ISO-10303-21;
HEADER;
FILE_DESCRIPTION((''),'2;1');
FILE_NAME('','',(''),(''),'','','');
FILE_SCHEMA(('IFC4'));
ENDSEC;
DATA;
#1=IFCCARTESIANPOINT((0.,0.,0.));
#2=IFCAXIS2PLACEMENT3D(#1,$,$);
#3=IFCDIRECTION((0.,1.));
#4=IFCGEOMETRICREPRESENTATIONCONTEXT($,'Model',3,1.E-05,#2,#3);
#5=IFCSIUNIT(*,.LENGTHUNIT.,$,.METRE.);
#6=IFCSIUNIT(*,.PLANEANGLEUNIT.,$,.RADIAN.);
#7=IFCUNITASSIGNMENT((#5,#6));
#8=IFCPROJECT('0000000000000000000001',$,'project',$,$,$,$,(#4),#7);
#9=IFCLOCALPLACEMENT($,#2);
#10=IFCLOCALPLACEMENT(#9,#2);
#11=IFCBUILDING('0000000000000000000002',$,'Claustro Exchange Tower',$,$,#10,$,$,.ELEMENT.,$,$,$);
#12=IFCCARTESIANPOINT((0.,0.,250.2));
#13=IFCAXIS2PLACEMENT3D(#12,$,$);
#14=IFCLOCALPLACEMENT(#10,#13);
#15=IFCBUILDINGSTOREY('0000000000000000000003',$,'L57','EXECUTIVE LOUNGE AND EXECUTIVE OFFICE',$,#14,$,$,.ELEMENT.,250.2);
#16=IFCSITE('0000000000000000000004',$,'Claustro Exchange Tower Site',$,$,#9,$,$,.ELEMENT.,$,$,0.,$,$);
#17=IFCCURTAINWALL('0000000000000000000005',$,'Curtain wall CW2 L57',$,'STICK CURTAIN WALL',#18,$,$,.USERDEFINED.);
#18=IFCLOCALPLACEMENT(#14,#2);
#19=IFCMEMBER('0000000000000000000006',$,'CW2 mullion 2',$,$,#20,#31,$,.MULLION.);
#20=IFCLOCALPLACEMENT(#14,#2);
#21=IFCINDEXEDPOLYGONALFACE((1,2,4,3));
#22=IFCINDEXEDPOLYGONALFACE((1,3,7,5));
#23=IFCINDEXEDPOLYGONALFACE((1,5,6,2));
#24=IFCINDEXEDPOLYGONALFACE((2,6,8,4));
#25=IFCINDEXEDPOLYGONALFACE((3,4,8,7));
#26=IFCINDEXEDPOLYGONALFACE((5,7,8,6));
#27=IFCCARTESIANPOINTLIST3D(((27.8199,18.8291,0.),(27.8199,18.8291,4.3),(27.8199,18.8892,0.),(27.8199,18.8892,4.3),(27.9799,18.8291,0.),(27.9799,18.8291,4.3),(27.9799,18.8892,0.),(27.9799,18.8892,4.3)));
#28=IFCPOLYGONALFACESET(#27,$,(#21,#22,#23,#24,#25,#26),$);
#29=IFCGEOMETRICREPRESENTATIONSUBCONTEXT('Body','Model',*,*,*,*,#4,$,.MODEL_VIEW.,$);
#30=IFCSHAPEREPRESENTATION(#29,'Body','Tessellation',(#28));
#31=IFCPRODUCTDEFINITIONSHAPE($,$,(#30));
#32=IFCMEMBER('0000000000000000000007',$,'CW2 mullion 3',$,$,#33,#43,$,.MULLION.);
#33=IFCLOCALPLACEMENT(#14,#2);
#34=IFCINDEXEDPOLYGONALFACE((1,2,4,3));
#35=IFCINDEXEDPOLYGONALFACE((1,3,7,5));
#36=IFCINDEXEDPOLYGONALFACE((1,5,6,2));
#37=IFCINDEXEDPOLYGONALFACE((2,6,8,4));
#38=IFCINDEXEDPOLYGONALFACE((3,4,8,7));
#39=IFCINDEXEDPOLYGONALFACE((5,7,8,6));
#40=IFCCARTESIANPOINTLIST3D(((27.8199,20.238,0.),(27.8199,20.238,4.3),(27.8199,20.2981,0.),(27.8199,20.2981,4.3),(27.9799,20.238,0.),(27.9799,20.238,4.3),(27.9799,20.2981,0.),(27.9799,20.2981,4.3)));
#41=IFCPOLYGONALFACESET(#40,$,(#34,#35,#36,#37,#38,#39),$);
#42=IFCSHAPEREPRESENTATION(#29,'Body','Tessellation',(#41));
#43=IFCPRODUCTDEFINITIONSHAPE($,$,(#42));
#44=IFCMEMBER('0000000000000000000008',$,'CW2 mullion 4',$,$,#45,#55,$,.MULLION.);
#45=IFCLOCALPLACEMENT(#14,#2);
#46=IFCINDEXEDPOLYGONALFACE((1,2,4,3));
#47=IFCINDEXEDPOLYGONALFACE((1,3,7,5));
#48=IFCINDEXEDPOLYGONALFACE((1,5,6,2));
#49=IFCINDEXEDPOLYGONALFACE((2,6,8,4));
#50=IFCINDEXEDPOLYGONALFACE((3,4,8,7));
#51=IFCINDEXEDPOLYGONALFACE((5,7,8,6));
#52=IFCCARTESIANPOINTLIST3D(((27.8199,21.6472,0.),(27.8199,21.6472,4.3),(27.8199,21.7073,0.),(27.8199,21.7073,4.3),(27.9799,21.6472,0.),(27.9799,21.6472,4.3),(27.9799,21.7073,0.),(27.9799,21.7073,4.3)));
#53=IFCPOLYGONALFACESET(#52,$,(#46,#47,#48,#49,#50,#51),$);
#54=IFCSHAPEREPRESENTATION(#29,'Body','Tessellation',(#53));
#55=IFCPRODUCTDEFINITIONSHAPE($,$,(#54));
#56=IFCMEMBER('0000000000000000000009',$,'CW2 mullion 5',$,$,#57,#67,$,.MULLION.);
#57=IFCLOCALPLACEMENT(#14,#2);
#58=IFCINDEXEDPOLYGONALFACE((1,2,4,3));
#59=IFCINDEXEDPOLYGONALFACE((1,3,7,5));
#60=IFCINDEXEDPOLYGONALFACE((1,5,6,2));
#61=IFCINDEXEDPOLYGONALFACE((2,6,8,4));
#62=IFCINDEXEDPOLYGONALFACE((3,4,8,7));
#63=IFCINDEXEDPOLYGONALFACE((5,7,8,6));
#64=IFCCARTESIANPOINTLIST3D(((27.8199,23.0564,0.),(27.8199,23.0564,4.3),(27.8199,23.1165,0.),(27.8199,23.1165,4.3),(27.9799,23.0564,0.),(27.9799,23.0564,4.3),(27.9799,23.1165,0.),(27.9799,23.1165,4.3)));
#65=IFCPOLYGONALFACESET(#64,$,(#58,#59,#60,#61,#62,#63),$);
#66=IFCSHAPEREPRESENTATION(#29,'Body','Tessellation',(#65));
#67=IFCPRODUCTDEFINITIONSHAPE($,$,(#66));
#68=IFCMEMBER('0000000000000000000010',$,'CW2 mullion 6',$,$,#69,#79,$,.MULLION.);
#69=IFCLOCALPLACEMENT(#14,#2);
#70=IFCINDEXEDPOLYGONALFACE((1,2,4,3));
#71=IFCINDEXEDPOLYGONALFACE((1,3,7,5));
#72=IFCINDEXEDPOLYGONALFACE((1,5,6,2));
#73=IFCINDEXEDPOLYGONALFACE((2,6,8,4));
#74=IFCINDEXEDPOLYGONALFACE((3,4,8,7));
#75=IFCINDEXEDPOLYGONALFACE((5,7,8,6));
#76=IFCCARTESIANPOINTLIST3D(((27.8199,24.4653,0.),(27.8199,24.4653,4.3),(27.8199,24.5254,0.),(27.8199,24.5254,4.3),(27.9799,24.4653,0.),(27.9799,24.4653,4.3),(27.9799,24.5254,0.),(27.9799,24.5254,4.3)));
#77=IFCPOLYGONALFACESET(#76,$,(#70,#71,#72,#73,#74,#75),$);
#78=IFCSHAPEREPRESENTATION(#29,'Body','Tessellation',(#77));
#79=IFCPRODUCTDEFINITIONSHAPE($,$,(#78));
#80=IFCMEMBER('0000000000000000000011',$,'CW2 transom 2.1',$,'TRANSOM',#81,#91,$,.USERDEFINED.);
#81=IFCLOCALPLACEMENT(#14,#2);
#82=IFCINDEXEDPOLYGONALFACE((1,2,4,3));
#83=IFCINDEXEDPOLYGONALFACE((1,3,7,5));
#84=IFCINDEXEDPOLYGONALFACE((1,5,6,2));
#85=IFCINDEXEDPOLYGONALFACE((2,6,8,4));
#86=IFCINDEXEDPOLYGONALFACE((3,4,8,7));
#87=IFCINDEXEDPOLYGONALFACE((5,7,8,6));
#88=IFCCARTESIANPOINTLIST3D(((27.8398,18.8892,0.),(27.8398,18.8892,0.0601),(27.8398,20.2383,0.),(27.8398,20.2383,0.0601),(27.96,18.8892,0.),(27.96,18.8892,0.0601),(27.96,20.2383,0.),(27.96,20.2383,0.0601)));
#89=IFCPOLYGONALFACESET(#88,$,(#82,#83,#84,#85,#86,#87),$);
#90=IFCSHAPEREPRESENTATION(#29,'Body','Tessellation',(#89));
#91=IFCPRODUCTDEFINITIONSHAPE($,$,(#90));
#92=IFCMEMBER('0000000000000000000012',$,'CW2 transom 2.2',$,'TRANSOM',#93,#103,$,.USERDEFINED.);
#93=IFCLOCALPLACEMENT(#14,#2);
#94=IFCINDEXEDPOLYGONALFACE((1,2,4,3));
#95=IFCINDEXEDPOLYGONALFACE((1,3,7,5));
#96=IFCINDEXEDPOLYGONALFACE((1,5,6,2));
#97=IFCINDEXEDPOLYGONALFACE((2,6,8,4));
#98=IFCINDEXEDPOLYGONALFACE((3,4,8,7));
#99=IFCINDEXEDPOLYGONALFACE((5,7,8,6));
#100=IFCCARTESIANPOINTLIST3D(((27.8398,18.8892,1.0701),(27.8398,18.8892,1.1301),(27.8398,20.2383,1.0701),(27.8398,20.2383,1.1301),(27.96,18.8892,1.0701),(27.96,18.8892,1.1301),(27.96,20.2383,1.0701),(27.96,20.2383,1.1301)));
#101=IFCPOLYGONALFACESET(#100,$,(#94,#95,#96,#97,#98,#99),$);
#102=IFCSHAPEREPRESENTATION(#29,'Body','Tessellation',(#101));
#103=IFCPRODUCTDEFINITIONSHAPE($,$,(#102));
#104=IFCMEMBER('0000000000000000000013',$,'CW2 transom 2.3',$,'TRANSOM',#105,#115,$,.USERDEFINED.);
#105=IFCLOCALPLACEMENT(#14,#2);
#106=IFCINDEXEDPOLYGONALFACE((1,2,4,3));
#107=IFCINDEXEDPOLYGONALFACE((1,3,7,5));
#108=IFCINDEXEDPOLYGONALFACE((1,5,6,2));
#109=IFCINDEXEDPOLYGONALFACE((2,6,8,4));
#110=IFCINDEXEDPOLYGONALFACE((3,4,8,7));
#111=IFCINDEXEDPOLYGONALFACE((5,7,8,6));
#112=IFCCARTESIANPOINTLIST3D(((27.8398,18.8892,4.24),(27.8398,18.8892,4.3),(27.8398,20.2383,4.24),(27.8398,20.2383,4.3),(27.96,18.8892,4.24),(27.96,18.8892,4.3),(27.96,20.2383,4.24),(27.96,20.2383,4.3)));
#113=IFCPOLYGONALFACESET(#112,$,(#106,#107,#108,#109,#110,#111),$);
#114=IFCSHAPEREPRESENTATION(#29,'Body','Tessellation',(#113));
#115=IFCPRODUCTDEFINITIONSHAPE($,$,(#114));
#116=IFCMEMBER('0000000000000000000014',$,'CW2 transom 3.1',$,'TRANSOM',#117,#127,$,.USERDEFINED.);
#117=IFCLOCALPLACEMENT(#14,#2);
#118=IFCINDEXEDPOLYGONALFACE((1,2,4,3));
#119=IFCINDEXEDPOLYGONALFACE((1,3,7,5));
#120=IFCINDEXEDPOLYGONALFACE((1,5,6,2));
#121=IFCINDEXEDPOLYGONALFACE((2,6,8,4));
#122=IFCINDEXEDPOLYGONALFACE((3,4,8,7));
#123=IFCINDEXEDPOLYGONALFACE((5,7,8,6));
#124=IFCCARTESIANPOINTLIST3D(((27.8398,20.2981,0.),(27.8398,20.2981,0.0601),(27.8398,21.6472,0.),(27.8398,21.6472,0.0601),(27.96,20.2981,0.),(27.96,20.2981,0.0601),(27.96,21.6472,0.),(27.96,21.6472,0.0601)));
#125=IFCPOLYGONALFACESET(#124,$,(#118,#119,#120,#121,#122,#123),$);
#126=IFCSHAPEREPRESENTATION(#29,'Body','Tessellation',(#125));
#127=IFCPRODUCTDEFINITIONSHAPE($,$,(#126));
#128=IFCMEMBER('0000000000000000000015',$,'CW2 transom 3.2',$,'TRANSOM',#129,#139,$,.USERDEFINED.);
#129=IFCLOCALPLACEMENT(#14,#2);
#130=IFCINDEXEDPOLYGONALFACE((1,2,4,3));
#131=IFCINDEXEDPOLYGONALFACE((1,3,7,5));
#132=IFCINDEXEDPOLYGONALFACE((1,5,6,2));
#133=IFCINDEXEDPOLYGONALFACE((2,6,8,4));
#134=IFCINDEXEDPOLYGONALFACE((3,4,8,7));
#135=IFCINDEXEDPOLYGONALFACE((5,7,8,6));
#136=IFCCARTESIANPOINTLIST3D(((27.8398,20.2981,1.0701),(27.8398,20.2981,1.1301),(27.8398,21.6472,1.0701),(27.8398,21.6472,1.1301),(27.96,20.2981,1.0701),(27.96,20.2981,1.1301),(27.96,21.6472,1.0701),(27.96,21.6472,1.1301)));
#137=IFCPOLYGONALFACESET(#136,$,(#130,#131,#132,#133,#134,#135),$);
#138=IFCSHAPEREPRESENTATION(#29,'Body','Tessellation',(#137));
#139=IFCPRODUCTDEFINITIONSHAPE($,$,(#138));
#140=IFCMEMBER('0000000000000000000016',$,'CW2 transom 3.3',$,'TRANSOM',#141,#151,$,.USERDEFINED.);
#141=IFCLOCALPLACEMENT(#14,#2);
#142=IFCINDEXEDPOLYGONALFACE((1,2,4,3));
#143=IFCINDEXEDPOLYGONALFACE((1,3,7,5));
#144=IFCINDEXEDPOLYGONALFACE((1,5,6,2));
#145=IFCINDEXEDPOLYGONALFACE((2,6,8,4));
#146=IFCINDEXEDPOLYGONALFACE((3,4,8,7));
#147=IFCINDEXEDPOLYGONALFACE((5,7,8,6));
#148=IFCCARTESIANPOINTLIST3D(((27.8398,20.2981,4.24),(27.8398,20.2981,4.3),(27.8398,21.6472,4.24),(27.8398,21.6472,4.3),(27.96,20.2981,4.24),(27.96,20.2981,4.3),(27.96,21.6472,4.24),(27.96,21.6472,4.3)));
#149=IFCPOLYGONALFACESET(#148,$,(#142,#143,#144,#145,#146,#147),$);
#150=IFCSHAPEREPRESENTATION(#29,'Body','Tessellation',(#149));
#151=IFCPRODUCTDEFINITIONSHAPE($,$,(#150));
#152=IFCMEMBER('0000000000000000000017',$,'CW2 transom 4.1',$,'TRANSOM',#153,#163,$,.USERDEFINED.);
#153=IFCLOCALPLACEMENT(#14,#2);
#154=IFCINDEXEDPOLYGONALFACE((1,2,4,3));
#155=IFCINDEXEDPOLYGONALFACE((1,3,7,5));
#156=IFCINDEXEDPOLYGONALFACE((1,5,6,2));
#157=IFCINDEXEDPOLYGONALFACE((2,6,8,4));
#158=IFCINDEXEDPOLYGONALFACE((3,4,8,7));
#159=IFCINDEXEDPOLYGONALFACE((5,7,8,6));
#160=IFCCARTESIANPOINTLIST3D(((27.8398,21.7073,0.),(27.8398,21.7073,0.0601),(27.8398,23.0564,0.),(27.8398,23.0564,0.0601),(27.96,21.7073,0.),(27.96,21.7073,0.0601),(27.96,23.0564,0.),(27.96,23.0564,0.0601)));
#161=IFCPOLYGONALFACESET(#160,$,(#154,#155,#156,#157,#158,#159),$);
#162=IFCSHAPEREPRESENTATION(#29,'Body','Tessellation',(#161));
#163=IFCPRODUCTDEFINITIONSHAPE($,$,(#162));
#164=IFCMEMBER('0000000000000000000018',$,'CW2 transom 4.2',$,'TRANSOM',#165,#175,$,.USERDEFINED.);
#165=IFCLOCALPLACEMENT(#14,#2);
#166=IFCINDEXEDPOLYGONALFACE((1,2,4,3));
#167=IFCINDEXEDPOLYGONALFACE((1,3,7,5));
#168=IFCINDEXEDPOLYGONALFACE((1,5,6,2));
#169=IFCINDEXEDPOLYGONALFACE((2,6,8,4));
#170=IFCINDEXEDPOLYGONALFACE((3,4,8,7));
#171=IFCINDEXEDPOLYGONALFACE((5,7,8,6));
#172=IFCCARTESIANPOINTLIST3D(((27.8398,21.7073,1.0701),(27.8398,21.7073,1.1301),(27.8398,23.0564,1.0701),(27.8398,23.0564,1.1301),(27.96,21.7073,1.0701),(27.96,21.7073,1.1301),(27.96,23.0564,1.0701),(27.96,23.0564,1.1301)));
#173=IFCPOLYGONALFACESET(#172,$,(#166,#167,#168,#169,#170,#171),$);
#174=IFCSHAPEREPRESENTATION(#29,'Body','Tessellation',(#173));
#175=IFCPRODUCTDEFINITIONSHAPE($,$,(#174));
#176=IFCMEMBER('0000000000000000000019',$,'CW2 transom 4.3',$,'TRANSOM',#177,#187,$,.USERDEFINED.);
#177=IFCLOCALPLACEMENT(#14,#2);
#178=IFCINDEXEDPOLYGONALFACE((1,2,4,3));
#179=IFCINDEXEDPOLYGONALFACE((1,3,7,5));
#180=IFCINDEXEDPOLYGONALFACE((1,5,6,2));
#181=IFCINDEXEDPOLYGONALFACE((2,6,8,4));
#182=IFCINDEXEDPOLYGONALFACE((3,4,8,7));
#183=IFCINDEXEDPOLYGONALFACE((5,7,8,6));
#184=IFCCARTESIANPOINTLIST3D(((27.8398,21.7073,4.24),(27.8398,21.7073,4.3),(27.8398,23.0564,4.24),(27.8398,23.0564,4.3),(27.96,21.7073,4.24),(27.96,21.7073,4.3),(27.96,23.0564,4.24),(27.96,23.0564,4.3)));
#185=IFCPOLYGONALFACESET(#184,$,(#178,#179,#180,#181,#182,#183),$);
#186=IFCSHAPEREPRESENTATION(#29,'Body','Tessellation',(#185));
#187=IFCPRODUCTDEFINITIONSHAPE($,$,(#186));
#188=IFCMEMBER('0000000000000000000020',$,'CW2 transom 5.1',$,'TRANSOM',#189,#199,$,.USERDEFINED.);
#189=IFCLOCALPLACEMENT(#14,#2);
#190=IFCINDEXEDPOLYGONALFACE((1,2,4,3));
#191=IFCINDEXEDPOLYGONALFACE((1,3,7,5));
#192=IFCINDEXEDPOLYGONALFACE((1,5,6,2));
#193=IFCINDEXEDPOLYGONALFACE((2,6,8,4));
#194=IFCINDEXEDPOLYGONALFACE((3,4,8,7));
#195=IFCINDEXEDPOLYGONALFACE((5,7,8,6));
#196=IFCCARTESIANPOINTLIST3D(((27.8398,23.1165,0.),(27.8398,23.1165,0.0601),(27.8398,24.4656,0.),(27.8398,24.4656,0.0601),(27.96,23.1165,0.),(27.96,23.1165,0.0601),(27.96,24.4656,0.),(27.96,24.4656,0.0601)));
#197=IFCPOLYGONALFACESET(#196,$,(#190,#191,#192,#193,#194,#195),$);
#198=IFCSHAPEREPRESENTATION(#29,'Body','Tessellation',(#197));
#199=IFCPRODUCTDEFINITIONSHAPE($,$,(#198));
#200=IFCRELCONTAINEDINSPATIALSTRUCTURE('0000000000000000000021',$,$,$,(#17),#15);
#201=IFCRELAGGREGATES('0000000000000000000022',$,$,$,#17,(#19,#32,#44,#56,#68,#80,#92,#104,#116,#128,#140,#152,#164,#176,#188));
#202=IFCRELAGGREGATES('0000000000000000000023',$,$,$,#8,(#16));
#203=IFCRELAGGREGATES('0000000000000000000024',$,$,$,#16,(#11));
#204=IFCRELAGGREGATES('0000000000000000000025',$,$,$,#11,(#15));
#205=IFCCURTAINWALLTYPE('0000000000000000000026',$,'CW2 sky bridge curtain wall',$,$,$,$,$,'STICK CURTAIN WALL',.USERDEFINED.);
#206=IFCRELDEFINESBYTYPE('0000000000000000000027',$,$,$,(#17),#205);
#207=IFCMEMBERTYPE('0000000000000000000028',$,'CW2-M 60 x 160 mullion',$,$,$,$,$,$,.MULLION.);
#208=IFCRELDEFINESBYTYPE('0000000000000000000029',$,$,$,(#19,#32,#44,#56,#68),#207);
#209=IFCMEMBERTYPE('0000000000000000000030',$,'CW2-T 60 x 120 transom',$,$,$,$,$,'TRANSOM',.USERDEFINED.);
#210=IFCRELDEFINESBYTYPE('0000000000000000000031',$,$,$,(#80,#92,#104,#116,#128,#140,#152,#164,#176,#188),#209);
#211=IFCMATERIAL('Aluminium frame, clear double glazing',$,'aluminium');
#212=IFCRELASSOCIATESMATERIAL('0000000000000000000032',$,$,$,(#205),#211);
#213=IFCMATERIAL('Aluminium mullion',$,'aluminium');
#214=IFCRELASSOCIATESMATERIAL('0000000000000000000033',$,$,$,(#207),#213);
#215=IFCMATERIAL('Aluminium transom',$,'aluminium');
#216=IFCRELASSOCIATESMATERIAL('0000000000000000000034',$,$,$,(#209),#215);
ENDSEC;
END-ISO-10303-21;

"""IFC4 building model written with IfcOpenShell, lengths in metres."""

from ifc_helpers import new_model, si_unit, direction, frame, origin, origin_2d, place, context, subcontext, project, spatial, rectangle, extrude, material, material_profile, profile_set, type_object, element, aggregate, save


model = new_model("IFC4")

# Units and contexts
model_context = context("Model", 3, precision=1e-05, world=origin(), true_north=direction((0.0, 1.0)))
body_context = subcontext(model_context, "Body", "Model", "MODEL_VIEW")
ifc_project = project(units=[si_unit("LENGTHUNIT", "METRE"), si_unit("PLANEANGLEUNIT", "RADIAN")], contexts=[model_context])

# Site, building, storey
site_placement = place(None, origin())
site = spatial("IfcSite", under=ifc_project, at=site_placement, Name="Claustro Exchange Tower Site", CompositionType="ELEMENT", RefElevation=0.0)
building_placement = place(site_placement, origin())
building = spatial("IfcBuilding", under=site, at=building_placement, Name="Claustro Exchange Tower", CompositionType="ELEMENT")
storey_placement = place(building_placement, frame((0.0, 0.0, 250.2)))
storey = spatial("IfcBuildingStorey", under=building, at=storey_placement, Name="L57", Description="EXECUTIVE LOUNGE AND EXECUTIVE OFFICE", CompositionType="ELEMENT", Elevation=250.2)

# Curtain wall, members
ifc_material_1 = material(Name="Aluminium frame, clear double glazing", Category="aluminium")
curtain_wall_type = type_object("IfcCurtainWallType", Name="CW2 sky bridge curtain wall", ElementType="STICK CURTAIN WALL", PredefinedType="USERDEFINED", material=ifc_material_1)
curtain_wall_placement = place(storey_placement, origin())
curtain_wall = element("IfcCurtainWall", 1, at=curtain_wall_placement, inside=storey, type_object=curtain_wall_type, Name="Curtain wall CW2 L57", ObjectType="STICK CURTAIN WALL", PredefinedType="USERDEFINED")
ifc_material_2 = material(Name="Aluminium mullion", Category="aluminium")
ifc_material_profile_1 = material_profile(ifc_material_2, rectangle(XDim=0.1599, YDim=0.0601, at=origin_2d()), Name="CW2-M 60x160")
ifc_profile_set_1 = profile_set([ifc_material_profile_1], Name="Aluminium mullion")
member_type_1 = type_object("IfcMemberType", Name="CW2-M 60 x 160 mullion", PredefinedType="MULLION", material=ifc_profile_set_1)
member_1_placement = place(storey_placement, frame((27.8999, 18.8591, 0.0), z_axis=(0.0, 0.0, 1.0), x_axis=(-1.0, 0.0, 0.0)))
member_1 = element("IfcMember", 2, at=member_1_placement, type_object=member_type_1, Name="CW2 mullion 2", PredefinedType="MULLION", context=body_context, shape_type="SweptSolid", body=[
    extrude(rectangle(XDim=0.1599, YDim=0.0601, at=origin_2d()), origin(), (0.0, 0.0, 1.0), 4.3),
])
member_2_placement = place(storey_placement, frame((27.8999, 20.2681, 0.0), z_axis=(0.0, 0.0, 1.0), x_axis=(-1.0, 0.0, 0.0)))
member_2 = element("IfcMember", 3, at=member_2_placement, type_object=member_type_1, Name="CW2 mullion 3", PredefinedType="MULLION", context=body_context, shape_type="SweptSolid", body=[
    extrude(rectangle(XDim=0.1599, YDim=0.0601, at=origin_2d()), origin(), (0.0, 0.0, 1.0), 4.3),
])
member_3_placement = place(storey_placement, frame((27.8999, 21.6772, 0.0), z_axis=(0.0, 0.0, 1.0), x_axis=(-1.0, 0.0, 0.0)))
member_3 = element("IfcMember", 4, at=member_3_placement, type_object=member_type_1, Name="CW2 mullion 4", PredefinedType="MULLION", context=body_context, shape_type="SweptSolid", body=[
    extrude(rectangle(XDim=0.1599, YDim=0.0601, at=origin_2d()), origin(), (0.0, 0.0, 1.0), 4.3),
])
member_4_placement = place(storey_placement, frame((27.8999, 23.0864, 0.0), z_axis=(0.0, 0.0, 1.0), x_axis=(-1.0, 0.0, 0.0)))
member_4 = element("IfcMember", 5, at=member_4_placement, type_object=member_type_1, Name="CW2 mullion 5", PredefinedType="MULLION", context=body_context, shape_type="SweptSolid", body=[
    extrude(rectangle(XDim=0.1599, YDim=0.0601, at=origin_2d()), origin(), (0.0, 0.0, 1.0), 4.3),
])
member_5_placement = place(storey_placement, frame((27.8999, 24.4954, 0.0), z_axis=(0.0, 0.0, 1.0), x_axis=(-1.0, 0.0, 0.0)))
member_5 = element("IfcMember", 6, at=member_5_placement, type_object=member_type_1, Name="CW2 mullion 6", PredefinedType="MULLION", context=body_context, shape_type="SweptSolid", body=[
    extrude(rectangle(XDim=0.1599, YDim=0.0601, at=origin_2d()), origin(), (0.0, 0.0, 1.0), 4.3),
])
ifc_material_3 = material(Name="Aluminium transom", Category="aluminium")
ifc_material_profile_2 = material_profile(ifc_material_3, rectangle(XDim=0.1201, YDim=0.0601, at=origin_2d()), Name="CW2-T 60x120")
ifc_profile_set_2 = profile_set([ifc_material_profile_2], Name="Aluminium transom")
member_type_2 = type_object("IfcMemberType", Name="CW2-T 60 x 120 transom", ElementType="TRANSOM", PredefinedType="USERDEFINED", material=ifc_profile_set_2)
member_6_placement = place(storey_placement, frame((27.8999, 18.8892, 0.03), z_axis=(0.0, 1.0, 0.0), x_axis=(-1.0, 0.0, 0.0)))
member_6 = element("IfcMember", 7, at=member_6_placement, type_object=member_type_2, Name="CW2 transom 2.1", ObjectType="TRANSOM", PredefinedType="USERDEFINED", context=body_context, shape_type="SweptSolid", body=[
    extrude(rectangle(XDim=0.1201, YDim=0.0601, at=origin_2d()), origin(), (0.0, 0.0, 1.0), 1.3491),
])
member_7_placement = place(storey_placement, frame((27.8999, 18.8892, 1.1001), z_axis=(0.0, 1.0, 0.0), x_axis=(-1.0, 0.0, 0.0)))
member_7 = element("IfcMember", 8, at=member_7_placement, type_object=member_type_2, Name="CW2 transom 2.2", ObjectType="TRANSOM", PredefinedType="USERDEFINED", context=body_context, shape_type="SweptSolid", body=[
    extrude(rectangle(XDim=0.1201, YDim=0.0601, at=origin_2d()), origin(), (0.0, 0.0, 1.0), 1.3491),
])
member_8_placement = place(storey_placement, frame((27.8999, 18.8892, 4.27), z_axis=(0.0, 1.0, 0.0), x_axis=(-1.0, 0.0, 0.0)))
member_8 = element("IfcMember", 9, at=member_8_placement, type_object=member_type_2, Name="CW2 transom 2.3", ObjectType="TRANSOM", PredefinedType="USERDEFINED", context=body_context, shape_type="SweptSolid", body=[
    extrude(rectangle(XDim=0.1201, YDim=0.0601, at=origin_2d()), origin(), (0.0, 0.0, 1.0), 1.3491),
])
member_9_placement = place(storey_placement, frame((27.8999, 20.2981, 0.03), z_axis=(0.0, 1.0, 0.0), x_axis=(-1.0, 0.0, 0.0)))
member_9 = element("IfcMember", 10, at=member_9_placement, type_object=member_type_2, Name="CW2 transom 3.1", ObjectType="TRANSOM", PredefinedType="USERDEFINED", context=body_context, shape_type="SweptSolid", body=[
    extrude(rectangle(XDim=0.1201, YDim=0.0601, at=origin_2d()), origin(), (0.0, 0.0, 1.0), 1.3491),
])
member_10_placement = place(storey_placement, frame((27.8999, 20.2981, 1.1001), z_axis=(0.0, 1.0, 0.0), x_axis=(-1.0, 0.0, 0.0)))
member_10 = element("IfcMember", 11, at=member_10_placement, type_object=member_type_2, Name="CW2 transom 3.2", ObjectType="TRANSOM", PredefinedType="USERDEFINED", context=body_context, shape_type="SweptSolid", body=[
    extrude(rectangle(XDim=0.1201, YDim=0.0601, at=origin_2d()), origin(), (0.0, 0.0, 1.0), 1.3491),
])
member_11_placement = place(storey_placement, frame((27.8999, 20.2981, 4.27), z_axis=(0.0, 1.0, 0.0), x_axis=(-1.0, 0.0, 0.0)))
member_11 = element("IfcMember", 12, at=member_11_placement, type_object=member_type_2, Name="CW2 transom 3.3", ObjectType="TRANSOM", PredefinedType="USERDEFINED", context=body_context, shape_type="SweptSolid", body=[
    extrude(rectangle(XDim=0.1201, YDim=0.0601, at=origin_2d()), origin(), (0.0, 0.0, 1.0), 1.3491),
])
member_12_placement = place(storey_placement, frame((27.8999, 21.7073, 0.03), z_axis=(0.0, 1.0, 0.0), x_axis=(-1.0, 0.0, 0.0)))
member_12 = element("IfcMember", 13, at=member_12_placement, type_object=member_type_2, Name="CW2 transom 4.1", ObjectType="TRANSOM", PredefinedType="USERDEFINED", context=body_context, shape_type="SweptSolid", body=[
    extrude(rectangle(XDim=0.1201, YDim=0.0601, at=origin_2d()), origin(), (0.0, 0.0, 1.0), 1.3491),
])
member_13_placement = place(storey_placement, frame((27.8999, 21.7073, 1.1001), z_axis=(0.0, 1.0, 0.0), x_axis=(-1.0, 0.0, 0.0)))
member_13 = element("IfcMember", 14, at=member_13_placement, type_object=member_type_2, Name="CW2 transom 4.2", ObjectType="TRANSOM", PredefinedType="USERDEFINED", context=body_context, shape_type="SweptSolid", body=[
    extrude(rectangle(XDim=0.1201, YDim=0.0601, at=origin_2d()), origin(), (0.0, 0.0, 1.0), 1.3491),
])
member_14_placement = place(storey_placement, frame((27.8999, 21.7073, 4.27), z_axis=(0.0, 1.0, 0.0), x_axis=(-1.0, 0.0, 0.0)))
member_14 = element("IfcMember", 15, at=member_14_placement, type_object=member_type_2, Name="CW2 transom 4.3", ObjectType="TRANSOM", PredefinedType="USERDEFINED", context=body_context, shape_type="SweptSolid", body=[
    extrude(rectangle(XDim=0.1201, YDim=0.0601, at=origin_2d()), origin(), (0.0, 0.0, 1.0), 1.3491),
])
member_15_placement = place(storey_placement, frame((27.8999, 23.1165, 0.03), z_axis=(0.0, 1.0, 0.0), x_axis=(-1.0, 0.0, 0.0)))
member_15 = element("IfcMember", 16, at=member_15_placement, type_object=member_type_2, Name="CW2 transom 5.1", ObjectType="TRANSOM", PredefinedType="USERDEFINED", context=body_context, shape_type="SweptSolid", body=[
    extrude(rectangle(XDim=0.1201, YDim=0.0601, at=origin_2d()), origin(), (0.0, 0.0, 1.0), 1.3491),
])
aggregate(curtain_wall, [member_1, member_2, member_3, member_4, member_5, member_6, member_7, member_8, member_9, member_10, member_11, member_12, member_13, member_14, member_15])

save(model, "model.ifc")
